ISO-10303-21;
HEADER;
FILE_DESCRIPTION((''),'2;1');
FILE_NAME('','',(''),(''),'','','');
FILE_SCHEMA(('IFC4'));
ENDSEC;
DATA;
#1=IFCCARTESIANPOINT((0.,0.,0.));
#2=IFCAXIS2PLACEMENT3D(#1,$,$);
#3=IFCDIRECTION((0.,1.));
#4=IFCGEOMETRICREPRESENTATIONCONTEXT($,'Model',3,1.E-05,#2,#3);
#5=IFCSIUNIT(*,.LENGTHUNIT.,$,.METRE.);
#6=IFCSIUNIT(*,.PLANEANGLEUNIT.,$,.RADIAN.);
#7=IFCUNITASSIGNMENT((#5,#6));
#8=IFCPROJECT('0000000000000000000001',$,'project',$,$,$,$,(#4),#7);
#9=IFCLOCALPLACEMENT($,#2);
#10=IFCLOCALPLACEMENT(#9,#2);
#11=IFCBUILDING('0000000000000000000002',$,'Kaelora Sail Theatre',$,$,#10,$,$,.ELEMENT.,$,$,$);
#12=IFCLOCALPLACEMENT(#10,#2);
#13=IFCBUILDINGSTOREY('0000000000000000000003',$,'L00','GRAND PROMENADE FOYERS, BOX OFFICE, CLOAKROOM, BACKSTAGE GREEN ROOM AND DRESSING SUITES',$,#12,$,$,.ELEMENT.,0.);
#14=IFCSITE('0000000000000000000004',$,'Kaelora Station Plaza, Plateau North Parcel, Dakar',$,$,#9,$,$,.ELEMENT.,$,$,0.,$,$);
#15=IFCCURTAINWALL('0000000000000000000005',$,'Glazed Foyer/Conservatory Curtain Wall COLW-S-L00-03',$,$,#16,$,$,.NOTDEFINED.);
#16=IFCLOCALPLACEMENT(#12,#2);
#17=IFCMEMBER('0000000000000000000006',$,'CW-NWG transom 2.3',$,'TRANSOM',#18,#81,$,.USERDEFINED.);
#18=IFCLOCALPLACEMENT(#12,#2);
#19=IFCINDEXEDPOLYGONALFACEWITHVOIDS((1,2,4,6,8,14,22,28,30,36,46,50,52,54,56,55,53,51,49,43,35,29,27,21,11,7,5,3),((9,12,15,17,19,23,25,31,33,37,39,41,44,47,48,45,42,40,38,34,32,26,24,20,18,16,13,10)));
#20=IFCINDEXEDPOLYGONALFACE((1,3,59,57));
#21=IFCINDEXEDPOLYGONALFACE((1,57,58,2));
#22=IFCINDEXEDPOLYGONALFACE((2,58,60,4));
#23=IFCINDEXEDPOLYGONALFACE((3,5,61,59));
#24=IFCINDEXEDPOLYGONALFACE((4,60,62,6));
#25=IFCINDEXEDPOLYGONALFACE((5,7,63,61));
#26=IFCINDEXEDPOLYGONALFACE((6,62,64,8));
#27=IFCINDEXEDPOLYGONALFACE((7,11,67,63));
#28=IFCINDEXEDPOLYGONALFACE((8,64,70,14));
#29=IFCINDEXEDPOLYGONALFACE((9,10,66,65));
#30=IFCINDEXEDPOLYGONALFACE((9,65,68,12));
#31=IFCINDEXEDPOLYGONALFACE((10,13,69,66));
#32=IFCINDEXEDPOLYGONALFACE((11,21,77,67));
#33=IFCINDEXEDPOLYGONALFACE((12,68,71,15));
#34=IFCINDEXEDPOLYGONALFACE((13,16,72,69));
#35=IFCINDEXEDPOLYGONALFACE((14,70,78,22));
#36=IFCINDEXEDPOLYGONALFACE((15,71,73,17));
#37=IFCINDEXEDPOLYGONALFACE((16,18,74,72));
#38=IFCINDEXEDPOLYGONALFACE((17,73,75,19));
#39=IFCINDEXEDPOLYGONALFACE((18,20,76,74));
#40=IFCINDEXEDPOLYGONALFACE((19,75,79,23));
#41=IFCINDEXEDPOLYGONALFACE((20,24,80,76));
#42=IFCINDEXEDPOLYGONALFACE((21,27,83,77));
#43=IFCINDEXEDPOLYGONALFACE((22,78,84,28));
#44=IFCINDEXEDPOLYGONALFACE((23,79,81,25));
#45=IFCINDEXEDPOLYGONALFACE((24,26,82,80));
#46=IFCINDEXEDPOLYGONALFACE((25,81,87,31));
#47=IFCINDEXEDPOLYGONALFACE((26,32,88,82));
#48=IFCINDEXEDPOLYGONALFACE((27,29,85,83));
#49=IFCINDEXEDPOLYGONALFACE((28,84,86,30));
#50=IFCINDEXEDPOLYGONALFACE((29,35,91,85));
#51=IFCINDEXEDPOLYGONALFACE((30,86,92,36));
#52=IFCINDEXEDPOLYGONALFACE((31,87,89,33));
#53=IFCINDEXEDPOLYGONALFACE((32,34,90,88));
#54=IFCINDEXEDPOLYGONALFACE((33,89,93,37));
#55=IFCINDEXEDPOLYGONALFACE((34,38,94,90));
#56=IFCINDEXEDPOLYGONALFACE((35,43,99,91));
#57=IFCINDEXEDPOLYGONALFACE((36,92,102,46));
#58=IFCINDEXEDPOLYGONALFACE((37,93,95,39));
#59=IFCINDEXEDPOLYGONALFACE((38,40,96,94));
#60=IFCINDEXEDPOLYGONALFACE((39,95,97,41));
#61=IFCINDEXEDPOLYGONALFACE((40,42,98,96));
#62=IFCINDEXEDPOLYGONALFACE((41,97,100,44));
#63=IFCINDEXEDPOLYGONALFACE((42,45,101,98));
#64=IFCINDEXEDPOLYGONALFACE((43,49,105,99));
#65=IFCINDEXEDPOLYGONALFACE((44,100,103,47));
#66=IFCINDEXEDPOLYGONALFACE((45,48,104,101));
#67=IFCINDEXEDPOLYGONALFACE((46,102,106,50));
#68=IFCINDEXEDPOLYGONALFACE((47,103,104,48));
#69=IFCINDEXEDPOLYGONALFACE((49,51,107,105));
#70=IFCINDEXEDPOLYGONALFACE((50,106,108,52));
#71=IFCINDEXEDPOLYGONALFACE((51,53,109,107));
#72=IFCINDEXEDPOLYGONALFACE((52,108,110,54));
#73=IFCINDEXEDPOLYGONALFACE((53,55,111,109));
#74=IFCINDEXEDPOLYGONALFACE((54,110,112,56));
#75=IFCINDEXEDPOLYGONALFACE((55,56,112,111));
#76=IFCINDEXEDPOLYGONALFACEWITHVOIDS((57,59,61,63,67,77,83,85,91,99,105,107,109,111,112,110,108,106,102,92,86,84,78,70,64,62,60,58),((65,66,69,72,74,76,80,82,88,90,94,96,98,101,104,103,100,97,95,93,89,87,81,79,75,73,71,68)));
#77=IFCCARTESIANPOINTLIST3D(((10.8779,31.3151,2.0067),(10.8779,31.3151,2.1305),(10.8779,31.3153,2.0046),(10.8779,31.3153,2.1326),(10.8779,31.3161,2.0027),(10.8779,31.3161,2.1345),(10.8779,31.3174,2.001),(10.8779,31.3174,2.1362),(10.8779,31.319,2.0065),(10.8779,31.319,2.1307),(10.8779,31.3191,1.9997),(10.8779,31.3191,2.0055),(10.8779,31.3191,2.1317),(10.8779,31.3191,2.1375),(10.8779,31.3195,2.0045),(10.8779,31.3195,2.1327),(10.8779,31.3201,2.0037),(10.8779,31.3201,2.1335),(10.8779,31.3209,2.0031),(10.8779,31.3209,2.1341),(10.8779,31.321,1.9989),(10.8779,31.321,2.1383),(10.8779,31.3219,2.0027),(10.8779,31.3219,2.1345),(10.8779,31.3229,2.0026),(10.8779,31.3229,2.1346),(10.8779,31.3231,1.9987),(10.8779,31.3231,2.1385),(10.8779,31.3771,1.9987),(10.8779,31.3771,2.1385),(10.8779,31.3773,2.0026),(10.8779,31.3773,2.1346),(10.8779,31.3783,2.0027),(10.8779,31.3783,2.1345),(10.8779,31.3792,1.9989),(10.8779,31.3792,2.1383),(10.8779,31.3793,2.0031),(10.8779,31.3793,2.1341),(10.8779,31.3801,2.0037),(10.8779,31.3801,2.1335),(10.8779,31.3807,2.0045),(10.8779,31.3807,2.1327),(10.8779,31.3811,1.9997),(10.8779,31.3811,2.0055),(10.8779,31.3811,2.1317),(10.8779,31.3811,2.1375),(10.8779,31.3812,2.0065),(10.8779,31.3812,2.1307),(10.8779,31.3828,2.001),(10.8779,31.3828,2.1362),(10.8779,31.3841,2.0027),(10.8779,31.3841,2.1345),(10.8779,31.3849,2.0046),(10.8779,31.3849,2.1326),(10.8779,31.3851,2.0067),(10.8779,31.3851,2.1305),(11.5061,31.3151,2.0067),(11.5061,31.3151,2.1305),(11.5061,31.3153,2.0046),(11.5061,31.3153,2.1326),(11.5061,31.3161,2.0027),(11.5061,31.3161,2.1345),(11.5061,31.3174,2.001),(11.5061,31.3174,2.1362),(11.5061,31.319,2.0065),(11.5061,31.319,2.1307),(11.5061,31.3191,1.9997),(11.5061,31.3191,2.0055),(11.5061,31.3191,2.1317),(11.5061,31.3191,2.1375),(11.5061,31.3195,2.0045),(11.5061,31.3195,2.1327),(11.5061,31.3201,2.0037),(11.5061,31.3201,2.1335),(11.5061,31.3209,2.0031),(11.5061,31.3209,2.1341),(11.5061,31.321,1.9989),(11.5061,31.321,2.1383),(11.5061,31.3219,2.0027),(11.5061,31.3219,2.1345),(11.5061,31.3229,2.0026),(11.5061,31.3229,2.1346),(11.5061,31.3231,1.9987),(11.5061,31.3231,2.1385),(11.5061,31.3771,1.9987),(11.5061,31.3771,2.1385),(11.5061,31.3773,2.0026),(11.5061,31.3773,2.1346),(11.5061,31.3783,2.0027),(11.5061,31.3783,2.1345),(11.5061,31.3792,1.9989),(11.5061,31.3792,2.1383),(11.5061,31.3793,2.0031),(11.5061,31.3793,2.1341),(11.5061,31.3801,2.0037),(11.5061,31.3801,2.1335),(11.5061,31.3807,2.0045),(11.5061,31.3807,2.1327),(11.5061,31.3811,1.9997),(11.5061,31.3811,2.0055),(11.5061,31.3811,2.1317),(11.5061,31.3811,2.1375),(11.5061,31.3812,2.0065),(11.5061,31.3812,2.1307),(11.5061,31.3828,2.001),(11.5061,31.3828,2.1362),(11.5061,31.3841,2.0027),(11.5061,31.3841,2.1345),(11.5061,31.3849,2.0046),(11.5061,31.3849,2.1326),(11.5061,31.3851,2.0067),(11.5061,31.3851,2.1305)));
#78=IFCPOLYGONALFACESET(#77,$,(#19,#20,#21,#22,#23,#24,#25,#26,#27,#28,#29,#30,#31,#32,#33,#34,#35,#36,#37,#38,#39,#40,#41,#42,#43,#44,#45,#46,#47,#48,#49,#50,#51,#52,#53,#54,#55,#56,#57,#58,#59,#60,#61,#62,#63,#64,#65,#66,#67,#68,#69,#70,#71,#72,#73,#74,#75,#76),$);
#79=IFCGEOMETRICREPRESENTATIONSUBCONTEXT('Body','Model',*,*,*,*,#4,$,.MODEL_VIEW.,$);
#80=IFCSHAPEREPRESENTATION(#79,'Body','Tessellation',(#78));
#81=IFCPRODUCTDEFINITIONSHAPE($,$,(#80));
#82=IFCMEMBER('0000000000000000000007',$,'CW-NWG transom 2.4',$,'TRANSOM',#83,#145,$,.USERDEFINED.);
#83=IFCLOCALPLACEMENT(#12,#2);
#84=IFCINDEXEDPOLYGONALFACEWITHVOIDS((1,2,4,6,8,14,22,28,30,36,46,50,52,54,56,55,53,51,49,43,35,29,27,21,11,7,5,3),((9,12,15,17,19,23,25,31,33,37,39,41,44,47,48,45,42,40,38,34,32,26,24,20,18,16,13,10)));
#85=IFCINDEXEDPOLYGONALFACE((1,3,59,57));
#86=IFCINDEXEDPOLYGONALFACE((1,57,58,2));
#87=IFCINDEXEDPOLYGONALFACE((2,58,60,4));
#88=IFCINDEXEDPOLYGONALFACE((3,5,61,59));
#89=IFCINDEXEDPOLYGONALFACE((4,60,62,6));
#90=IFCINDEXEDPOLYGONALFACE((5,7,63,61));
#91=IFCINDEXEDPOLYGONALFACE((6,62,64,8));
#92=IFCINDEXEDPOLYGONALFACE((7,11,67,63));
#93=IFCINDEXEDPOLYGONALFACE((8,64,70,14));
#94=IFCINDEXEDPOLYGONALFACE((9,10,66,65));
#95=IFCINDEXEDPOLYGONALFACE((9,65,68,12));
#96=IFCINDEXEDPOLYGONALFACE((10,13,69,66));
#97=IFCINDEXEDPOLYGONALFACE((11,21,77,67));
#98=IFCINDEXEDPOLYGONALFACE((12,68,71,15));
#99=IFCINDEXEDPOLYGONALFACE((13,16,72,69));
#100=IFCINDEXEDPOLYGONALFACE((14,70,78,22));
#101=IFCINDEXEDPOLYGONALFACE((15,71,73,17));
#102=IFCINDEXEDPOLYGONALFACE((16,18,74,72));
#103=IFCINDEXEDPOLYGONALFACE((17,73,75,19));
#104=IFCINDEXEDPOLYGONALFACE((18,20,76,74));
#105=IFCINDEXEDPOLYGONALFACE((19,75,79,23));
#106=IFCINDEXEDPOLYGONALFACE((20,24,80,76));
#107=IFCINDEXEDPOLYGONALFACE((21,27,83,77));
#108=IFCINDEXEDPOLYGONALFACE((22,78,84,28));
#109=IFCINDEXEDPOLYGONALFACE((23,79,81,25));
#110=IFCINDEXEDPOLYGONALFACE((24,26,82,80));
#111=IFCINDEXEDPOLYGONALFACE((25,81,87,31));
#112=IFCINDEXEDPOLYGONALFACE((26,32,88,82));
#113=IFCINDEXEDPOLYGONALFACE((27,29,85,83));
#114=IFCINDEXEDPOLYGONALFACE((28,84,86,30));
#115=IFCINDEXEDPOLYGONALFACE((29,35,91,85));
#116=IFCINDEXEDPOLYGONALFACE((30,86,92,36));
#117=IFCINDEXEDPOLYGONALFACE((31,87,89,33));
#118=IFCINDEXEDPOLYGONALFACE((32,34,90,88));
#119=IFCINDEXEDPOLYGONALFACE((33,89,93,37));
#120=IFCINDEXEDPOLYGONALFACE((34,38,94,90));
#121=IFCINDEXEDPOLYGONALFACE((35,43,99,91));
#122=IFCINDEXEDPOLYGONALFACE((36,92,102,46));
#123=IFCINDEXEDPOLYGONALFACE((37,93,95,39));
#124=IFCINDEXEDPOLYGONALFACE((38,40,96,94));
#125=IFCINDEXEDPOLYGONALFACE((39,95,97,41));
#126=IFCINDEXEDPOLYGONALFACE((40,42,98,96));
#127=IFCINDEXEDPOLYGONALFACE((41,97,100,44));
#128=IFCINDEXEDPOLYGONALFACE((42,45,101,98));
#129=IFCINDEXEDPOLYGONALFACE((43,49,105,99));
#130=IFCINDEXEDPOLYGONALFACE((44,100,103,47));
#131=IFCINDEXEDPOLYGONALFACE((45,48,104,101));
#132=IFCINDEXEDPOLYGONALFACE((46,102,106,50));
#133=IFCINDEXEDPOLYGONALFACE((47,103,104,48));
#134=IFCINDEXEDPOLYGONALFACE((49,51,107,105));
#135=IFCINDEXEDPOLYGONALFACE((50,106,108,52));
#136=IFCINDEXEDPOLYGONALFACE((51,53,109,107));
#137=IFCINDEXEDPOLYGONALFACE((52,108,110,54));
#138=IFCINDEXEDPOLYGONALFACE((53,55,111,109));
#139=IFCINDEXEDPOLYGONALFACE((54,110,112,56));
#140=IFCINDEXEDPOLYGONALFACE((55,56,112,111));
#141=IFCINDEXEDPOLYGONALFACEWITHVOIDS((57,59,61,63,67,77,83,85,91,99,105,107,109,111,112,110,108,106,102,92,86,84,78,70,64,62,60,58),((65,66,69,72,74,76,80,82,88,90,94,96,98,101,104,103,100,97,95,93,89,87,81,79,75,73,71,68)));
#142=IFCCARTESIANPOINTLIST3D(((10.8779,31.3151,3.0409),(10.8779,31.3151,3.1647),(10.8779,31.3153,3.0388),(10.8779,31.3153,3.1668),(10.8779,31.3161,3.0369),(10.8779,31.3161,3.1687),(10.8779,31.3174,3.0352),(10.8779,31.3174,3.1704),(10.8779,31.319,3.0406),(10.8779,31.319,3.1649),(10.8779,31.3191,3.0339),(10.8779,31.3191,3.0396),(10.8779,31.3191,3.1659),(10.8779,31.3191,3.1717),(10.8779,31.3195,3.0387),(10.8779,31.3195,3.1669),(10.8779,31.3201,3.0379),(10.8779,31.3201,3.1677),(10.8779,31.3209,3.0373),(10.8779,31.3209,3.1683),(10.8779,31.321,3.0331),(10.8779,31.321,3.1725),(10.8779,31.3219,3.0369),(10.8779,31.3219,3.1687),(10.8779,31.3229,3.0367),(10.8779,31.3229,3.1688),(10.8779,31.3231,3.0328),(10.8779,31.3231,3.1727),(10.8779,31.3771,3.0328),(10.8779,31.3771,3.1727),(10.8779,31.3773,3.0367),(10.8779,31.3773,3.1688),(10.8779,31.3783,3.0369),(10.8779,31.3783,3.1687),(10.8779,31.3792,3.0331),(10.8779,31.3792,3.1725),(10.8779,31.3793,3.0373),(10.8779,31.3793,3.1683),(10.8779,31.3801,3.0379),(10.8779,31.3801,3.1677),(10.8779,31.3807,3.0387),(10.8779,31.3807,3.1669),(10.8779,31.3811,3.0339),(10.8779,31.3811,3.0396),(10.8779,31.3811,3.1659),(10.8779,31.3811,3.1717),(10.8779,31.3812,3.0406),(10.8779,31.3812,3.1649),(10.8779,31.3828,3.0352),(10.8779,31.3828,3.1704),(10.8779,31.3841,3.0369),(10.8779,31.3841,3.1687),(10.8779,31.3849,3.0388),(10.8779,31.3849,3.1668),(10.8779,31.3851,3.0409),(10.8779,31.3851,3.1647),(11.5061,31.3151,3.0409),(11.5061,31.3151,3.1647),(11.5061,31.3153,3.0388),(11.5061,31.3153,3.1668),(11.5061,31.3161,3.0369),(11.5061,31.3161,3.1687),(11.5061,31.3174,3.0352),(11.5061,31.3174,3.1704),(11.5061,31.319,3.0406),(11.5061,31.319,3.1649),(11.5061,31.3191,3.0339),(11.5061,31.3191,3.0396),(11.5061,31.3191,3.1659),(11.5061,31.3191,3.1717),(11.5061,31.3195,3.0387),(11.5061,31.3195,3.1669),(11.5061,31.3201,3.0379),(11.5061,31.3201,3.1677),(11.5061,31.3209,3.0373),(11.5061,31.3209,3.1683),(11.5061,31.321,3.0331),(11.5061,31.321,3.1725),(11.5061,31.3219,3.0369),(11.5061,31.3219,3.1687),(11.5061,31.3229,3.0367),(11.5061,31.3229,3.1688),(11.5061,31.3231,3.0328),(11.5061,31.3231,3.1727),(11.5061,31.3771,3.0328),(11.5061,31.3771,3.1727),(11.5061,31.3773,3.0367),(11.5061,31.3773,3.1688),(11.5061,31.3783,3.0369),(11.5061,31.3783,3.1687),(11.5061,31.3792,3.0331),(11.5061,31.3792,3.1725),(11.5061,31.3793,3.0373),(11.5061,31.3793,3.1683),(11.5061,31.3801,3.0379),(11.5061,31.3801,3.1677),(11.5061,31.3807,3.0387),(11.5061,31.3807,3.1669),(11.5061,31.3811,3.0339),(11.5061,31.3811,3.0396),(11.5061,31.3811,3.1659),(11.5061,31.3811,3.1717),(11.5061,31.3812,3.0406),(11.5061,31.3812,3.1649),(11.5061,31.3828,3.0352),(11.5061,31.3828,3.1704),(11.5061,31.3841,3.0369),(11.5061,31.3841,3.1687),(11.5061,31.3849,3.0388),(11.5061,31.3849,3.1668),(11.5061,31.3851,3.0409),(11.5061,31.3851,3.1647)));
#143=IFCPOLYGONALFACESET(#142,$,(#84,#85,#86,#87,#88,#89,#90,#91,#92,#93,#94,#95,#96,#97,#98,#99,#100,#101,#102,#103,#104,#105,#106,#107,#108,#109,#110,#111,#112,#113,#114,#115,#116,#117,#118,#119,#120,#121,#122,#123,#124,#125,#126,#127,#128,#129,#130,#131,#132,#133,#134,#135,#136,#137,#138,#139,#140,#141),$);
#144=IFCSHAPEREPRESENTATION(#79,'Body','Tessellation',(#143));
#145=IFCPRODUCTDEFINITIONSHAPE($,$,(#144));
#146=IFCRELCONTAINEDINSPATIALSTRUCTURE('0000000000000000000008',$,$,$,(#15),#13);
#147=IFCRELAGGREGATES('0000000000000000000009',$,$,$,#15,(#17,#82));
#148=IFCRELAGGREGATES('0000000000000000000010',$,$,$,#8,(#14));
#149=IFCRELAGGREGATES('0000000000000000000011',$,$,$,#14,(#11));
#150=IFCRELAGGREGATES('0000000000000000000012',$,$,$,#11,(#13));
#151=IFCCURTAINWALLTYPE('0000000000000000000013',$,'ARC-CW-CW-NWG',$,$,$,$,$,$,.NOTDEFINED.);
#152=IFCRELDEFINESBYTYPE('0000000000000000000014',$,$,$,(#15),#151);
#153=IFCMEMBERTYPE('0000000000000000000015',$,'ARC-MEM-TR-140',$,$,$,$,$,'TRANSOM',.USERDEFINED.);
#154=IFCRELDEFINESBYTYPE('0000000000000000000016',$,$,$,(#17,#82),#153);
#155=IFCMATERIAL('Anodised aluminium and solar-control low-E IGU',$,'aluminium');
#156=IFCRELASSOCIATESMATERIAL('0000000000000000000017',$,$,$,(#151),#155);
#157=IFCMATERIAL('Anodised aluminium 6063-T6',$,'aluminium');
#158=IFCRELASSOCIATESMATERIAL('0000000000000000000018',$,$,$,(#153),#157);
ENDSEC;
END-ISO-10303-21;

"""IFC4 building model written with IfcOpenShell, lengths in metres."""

from ifc_helpers import new_model, si_unit, direction, frame, origin, origin_2d, place, context, subcontext, project, spatial, hollow_rectangle, extrude, material, material_profile, profile_set, type_object, element, aggregate, save


model = new_model("IFC4")

# Units and contexts
model_context = context("Model", 3, precision=1e-05, world=origin(), true_north=direction((0.0, 1.0)))
body_context = subcontext(model_context, "Body", "Model", "MODEL_VIEW")
ifc_project = project(units=[si_unit("LENGTHUNIT", "METRE"), si_unit("PLANEANGLEUNIT", "RADIAN")], contexts=[model_context])

# Site, building, storey
site_placement = place(None, origin())
site = spatial("IfcSite", under=ifc_project, at=site_placement, Name="Kaelora Station Plaza, Plateau North Parcel, Dakar", CompositionType="ELEMENT", RefElevation=0.0)
building_placement = place(site_placement, origin())
building = spatial("IfcBuilding", under=site, at=building_placement, Name="Kaelora Sail Theatre", CompositionType="ELEMENT")
storey_placement = place(building_placement, origin())
storey = spatial("IfcBuildingStorey", under=building, at=storey_placement, Name="L00", Description="GRAND PROMENADE FOYERS, BOX OFFICE, CLOAKROOM, BACKSTAGE GREEN ROOM AND DRESSING SUITES", CompositionType="ELEMENT", Elevation=0.0)

# Curtain wall, members
ifc_material_1 = material(Name="Anodised aluminium and solar-control low-E IGU", Category="aluminium")
curtain_wall_type = type_object("IfcCurtainWallType", Name="ARC-CW-CW-NWG", PredefinedType="NOTDEFINED", material=ifc_material_1)
ifc_material_2 = material(Name="Anodised aluminium 6063-T6", Category="aluminium")
ifc_material_profile = material_profile(ifc_material_2, hollow_rectangle(XDim=0.0701, YDim=0.1399, WallThickness=0.0039, InnerFilletRadius=0.0039, OuterFilletRadius=0.0081, at=origin_2d()), Name="ALU-TRAN 70x140x4")
ifc_profile_set = profile_set([ifc_material_profile], Name="Anodised aluminium 6063-T6")
member_type = type_object("IfcMemberType", Name="ARC-MEM-TR-140", ElementType="TRANSOM", PredefinedType="USERDEFINED", material=ifc_profile_set)
curtain_wall_1_placement = place(storey_placement, origin())
curtain_wall_1 = element("IfcCurtainWall", 1, at=curtain_wall_1_placement, inside=storey, type_object=curtain_wall_type, Name="Glazed Foyer/Conservatory Curtain Wall COLW-S-L00-03", PredefinedType="NOTDEFINED")
member_1_placement = place(storey_placement, frame((10.8779, 31.3501, 2.0686), z_axis=(1.0, 0.0, 0.0), x_axis=(0.0, 1.0, 0.0)))
member_1 = element("IfcMember", 2, at=member_1_placement, type_object=member_type, Name="CW-NWG transom 2.3", ObjectType="TRANSOM", PredefinedType="USERDEFINED", context=body_context, shape_type="SweptSolid", body=[
    extrude(hollow_rectangle(XDim=0.0701, YDim=0.1399, WallThickness=0.0039, InnerFilletRadius=0.0039, OuterFilletRadius=0.0081, at=origin_2d()), origin(), (0.0, 0.0, 1.0), 0.6282),
])
member_2_placement = place(storey_placement, frame((10.8779, 31.3501, 3.1028), z_axis=(1.0, 0.0, 0.0), x_axis=(0.0, 1.0, 0.0)))
member_2 = element("IfcMember", 3, at=member_2_placement, type_object=member_type, Name="CW-NWG transom 2.4", ObjectType="TRANSOM", PredefinedType="USERDEFINED", context=body_context, shape_type="SweptSolid", body=[
    extrude(hollow_rectangle(XDim=0.0701, YDim=0.1399, WallThickness=0.0039, InnerFilletRadius=0.0039, OuterFilletRadius=0.0081, at=origin_2d()), origin(), (0.0, 0.0, 1.0), 0.6282),
])

aggregate(curtain_wall_1, [member_1, member_2])

save(model, "model.ifc")
